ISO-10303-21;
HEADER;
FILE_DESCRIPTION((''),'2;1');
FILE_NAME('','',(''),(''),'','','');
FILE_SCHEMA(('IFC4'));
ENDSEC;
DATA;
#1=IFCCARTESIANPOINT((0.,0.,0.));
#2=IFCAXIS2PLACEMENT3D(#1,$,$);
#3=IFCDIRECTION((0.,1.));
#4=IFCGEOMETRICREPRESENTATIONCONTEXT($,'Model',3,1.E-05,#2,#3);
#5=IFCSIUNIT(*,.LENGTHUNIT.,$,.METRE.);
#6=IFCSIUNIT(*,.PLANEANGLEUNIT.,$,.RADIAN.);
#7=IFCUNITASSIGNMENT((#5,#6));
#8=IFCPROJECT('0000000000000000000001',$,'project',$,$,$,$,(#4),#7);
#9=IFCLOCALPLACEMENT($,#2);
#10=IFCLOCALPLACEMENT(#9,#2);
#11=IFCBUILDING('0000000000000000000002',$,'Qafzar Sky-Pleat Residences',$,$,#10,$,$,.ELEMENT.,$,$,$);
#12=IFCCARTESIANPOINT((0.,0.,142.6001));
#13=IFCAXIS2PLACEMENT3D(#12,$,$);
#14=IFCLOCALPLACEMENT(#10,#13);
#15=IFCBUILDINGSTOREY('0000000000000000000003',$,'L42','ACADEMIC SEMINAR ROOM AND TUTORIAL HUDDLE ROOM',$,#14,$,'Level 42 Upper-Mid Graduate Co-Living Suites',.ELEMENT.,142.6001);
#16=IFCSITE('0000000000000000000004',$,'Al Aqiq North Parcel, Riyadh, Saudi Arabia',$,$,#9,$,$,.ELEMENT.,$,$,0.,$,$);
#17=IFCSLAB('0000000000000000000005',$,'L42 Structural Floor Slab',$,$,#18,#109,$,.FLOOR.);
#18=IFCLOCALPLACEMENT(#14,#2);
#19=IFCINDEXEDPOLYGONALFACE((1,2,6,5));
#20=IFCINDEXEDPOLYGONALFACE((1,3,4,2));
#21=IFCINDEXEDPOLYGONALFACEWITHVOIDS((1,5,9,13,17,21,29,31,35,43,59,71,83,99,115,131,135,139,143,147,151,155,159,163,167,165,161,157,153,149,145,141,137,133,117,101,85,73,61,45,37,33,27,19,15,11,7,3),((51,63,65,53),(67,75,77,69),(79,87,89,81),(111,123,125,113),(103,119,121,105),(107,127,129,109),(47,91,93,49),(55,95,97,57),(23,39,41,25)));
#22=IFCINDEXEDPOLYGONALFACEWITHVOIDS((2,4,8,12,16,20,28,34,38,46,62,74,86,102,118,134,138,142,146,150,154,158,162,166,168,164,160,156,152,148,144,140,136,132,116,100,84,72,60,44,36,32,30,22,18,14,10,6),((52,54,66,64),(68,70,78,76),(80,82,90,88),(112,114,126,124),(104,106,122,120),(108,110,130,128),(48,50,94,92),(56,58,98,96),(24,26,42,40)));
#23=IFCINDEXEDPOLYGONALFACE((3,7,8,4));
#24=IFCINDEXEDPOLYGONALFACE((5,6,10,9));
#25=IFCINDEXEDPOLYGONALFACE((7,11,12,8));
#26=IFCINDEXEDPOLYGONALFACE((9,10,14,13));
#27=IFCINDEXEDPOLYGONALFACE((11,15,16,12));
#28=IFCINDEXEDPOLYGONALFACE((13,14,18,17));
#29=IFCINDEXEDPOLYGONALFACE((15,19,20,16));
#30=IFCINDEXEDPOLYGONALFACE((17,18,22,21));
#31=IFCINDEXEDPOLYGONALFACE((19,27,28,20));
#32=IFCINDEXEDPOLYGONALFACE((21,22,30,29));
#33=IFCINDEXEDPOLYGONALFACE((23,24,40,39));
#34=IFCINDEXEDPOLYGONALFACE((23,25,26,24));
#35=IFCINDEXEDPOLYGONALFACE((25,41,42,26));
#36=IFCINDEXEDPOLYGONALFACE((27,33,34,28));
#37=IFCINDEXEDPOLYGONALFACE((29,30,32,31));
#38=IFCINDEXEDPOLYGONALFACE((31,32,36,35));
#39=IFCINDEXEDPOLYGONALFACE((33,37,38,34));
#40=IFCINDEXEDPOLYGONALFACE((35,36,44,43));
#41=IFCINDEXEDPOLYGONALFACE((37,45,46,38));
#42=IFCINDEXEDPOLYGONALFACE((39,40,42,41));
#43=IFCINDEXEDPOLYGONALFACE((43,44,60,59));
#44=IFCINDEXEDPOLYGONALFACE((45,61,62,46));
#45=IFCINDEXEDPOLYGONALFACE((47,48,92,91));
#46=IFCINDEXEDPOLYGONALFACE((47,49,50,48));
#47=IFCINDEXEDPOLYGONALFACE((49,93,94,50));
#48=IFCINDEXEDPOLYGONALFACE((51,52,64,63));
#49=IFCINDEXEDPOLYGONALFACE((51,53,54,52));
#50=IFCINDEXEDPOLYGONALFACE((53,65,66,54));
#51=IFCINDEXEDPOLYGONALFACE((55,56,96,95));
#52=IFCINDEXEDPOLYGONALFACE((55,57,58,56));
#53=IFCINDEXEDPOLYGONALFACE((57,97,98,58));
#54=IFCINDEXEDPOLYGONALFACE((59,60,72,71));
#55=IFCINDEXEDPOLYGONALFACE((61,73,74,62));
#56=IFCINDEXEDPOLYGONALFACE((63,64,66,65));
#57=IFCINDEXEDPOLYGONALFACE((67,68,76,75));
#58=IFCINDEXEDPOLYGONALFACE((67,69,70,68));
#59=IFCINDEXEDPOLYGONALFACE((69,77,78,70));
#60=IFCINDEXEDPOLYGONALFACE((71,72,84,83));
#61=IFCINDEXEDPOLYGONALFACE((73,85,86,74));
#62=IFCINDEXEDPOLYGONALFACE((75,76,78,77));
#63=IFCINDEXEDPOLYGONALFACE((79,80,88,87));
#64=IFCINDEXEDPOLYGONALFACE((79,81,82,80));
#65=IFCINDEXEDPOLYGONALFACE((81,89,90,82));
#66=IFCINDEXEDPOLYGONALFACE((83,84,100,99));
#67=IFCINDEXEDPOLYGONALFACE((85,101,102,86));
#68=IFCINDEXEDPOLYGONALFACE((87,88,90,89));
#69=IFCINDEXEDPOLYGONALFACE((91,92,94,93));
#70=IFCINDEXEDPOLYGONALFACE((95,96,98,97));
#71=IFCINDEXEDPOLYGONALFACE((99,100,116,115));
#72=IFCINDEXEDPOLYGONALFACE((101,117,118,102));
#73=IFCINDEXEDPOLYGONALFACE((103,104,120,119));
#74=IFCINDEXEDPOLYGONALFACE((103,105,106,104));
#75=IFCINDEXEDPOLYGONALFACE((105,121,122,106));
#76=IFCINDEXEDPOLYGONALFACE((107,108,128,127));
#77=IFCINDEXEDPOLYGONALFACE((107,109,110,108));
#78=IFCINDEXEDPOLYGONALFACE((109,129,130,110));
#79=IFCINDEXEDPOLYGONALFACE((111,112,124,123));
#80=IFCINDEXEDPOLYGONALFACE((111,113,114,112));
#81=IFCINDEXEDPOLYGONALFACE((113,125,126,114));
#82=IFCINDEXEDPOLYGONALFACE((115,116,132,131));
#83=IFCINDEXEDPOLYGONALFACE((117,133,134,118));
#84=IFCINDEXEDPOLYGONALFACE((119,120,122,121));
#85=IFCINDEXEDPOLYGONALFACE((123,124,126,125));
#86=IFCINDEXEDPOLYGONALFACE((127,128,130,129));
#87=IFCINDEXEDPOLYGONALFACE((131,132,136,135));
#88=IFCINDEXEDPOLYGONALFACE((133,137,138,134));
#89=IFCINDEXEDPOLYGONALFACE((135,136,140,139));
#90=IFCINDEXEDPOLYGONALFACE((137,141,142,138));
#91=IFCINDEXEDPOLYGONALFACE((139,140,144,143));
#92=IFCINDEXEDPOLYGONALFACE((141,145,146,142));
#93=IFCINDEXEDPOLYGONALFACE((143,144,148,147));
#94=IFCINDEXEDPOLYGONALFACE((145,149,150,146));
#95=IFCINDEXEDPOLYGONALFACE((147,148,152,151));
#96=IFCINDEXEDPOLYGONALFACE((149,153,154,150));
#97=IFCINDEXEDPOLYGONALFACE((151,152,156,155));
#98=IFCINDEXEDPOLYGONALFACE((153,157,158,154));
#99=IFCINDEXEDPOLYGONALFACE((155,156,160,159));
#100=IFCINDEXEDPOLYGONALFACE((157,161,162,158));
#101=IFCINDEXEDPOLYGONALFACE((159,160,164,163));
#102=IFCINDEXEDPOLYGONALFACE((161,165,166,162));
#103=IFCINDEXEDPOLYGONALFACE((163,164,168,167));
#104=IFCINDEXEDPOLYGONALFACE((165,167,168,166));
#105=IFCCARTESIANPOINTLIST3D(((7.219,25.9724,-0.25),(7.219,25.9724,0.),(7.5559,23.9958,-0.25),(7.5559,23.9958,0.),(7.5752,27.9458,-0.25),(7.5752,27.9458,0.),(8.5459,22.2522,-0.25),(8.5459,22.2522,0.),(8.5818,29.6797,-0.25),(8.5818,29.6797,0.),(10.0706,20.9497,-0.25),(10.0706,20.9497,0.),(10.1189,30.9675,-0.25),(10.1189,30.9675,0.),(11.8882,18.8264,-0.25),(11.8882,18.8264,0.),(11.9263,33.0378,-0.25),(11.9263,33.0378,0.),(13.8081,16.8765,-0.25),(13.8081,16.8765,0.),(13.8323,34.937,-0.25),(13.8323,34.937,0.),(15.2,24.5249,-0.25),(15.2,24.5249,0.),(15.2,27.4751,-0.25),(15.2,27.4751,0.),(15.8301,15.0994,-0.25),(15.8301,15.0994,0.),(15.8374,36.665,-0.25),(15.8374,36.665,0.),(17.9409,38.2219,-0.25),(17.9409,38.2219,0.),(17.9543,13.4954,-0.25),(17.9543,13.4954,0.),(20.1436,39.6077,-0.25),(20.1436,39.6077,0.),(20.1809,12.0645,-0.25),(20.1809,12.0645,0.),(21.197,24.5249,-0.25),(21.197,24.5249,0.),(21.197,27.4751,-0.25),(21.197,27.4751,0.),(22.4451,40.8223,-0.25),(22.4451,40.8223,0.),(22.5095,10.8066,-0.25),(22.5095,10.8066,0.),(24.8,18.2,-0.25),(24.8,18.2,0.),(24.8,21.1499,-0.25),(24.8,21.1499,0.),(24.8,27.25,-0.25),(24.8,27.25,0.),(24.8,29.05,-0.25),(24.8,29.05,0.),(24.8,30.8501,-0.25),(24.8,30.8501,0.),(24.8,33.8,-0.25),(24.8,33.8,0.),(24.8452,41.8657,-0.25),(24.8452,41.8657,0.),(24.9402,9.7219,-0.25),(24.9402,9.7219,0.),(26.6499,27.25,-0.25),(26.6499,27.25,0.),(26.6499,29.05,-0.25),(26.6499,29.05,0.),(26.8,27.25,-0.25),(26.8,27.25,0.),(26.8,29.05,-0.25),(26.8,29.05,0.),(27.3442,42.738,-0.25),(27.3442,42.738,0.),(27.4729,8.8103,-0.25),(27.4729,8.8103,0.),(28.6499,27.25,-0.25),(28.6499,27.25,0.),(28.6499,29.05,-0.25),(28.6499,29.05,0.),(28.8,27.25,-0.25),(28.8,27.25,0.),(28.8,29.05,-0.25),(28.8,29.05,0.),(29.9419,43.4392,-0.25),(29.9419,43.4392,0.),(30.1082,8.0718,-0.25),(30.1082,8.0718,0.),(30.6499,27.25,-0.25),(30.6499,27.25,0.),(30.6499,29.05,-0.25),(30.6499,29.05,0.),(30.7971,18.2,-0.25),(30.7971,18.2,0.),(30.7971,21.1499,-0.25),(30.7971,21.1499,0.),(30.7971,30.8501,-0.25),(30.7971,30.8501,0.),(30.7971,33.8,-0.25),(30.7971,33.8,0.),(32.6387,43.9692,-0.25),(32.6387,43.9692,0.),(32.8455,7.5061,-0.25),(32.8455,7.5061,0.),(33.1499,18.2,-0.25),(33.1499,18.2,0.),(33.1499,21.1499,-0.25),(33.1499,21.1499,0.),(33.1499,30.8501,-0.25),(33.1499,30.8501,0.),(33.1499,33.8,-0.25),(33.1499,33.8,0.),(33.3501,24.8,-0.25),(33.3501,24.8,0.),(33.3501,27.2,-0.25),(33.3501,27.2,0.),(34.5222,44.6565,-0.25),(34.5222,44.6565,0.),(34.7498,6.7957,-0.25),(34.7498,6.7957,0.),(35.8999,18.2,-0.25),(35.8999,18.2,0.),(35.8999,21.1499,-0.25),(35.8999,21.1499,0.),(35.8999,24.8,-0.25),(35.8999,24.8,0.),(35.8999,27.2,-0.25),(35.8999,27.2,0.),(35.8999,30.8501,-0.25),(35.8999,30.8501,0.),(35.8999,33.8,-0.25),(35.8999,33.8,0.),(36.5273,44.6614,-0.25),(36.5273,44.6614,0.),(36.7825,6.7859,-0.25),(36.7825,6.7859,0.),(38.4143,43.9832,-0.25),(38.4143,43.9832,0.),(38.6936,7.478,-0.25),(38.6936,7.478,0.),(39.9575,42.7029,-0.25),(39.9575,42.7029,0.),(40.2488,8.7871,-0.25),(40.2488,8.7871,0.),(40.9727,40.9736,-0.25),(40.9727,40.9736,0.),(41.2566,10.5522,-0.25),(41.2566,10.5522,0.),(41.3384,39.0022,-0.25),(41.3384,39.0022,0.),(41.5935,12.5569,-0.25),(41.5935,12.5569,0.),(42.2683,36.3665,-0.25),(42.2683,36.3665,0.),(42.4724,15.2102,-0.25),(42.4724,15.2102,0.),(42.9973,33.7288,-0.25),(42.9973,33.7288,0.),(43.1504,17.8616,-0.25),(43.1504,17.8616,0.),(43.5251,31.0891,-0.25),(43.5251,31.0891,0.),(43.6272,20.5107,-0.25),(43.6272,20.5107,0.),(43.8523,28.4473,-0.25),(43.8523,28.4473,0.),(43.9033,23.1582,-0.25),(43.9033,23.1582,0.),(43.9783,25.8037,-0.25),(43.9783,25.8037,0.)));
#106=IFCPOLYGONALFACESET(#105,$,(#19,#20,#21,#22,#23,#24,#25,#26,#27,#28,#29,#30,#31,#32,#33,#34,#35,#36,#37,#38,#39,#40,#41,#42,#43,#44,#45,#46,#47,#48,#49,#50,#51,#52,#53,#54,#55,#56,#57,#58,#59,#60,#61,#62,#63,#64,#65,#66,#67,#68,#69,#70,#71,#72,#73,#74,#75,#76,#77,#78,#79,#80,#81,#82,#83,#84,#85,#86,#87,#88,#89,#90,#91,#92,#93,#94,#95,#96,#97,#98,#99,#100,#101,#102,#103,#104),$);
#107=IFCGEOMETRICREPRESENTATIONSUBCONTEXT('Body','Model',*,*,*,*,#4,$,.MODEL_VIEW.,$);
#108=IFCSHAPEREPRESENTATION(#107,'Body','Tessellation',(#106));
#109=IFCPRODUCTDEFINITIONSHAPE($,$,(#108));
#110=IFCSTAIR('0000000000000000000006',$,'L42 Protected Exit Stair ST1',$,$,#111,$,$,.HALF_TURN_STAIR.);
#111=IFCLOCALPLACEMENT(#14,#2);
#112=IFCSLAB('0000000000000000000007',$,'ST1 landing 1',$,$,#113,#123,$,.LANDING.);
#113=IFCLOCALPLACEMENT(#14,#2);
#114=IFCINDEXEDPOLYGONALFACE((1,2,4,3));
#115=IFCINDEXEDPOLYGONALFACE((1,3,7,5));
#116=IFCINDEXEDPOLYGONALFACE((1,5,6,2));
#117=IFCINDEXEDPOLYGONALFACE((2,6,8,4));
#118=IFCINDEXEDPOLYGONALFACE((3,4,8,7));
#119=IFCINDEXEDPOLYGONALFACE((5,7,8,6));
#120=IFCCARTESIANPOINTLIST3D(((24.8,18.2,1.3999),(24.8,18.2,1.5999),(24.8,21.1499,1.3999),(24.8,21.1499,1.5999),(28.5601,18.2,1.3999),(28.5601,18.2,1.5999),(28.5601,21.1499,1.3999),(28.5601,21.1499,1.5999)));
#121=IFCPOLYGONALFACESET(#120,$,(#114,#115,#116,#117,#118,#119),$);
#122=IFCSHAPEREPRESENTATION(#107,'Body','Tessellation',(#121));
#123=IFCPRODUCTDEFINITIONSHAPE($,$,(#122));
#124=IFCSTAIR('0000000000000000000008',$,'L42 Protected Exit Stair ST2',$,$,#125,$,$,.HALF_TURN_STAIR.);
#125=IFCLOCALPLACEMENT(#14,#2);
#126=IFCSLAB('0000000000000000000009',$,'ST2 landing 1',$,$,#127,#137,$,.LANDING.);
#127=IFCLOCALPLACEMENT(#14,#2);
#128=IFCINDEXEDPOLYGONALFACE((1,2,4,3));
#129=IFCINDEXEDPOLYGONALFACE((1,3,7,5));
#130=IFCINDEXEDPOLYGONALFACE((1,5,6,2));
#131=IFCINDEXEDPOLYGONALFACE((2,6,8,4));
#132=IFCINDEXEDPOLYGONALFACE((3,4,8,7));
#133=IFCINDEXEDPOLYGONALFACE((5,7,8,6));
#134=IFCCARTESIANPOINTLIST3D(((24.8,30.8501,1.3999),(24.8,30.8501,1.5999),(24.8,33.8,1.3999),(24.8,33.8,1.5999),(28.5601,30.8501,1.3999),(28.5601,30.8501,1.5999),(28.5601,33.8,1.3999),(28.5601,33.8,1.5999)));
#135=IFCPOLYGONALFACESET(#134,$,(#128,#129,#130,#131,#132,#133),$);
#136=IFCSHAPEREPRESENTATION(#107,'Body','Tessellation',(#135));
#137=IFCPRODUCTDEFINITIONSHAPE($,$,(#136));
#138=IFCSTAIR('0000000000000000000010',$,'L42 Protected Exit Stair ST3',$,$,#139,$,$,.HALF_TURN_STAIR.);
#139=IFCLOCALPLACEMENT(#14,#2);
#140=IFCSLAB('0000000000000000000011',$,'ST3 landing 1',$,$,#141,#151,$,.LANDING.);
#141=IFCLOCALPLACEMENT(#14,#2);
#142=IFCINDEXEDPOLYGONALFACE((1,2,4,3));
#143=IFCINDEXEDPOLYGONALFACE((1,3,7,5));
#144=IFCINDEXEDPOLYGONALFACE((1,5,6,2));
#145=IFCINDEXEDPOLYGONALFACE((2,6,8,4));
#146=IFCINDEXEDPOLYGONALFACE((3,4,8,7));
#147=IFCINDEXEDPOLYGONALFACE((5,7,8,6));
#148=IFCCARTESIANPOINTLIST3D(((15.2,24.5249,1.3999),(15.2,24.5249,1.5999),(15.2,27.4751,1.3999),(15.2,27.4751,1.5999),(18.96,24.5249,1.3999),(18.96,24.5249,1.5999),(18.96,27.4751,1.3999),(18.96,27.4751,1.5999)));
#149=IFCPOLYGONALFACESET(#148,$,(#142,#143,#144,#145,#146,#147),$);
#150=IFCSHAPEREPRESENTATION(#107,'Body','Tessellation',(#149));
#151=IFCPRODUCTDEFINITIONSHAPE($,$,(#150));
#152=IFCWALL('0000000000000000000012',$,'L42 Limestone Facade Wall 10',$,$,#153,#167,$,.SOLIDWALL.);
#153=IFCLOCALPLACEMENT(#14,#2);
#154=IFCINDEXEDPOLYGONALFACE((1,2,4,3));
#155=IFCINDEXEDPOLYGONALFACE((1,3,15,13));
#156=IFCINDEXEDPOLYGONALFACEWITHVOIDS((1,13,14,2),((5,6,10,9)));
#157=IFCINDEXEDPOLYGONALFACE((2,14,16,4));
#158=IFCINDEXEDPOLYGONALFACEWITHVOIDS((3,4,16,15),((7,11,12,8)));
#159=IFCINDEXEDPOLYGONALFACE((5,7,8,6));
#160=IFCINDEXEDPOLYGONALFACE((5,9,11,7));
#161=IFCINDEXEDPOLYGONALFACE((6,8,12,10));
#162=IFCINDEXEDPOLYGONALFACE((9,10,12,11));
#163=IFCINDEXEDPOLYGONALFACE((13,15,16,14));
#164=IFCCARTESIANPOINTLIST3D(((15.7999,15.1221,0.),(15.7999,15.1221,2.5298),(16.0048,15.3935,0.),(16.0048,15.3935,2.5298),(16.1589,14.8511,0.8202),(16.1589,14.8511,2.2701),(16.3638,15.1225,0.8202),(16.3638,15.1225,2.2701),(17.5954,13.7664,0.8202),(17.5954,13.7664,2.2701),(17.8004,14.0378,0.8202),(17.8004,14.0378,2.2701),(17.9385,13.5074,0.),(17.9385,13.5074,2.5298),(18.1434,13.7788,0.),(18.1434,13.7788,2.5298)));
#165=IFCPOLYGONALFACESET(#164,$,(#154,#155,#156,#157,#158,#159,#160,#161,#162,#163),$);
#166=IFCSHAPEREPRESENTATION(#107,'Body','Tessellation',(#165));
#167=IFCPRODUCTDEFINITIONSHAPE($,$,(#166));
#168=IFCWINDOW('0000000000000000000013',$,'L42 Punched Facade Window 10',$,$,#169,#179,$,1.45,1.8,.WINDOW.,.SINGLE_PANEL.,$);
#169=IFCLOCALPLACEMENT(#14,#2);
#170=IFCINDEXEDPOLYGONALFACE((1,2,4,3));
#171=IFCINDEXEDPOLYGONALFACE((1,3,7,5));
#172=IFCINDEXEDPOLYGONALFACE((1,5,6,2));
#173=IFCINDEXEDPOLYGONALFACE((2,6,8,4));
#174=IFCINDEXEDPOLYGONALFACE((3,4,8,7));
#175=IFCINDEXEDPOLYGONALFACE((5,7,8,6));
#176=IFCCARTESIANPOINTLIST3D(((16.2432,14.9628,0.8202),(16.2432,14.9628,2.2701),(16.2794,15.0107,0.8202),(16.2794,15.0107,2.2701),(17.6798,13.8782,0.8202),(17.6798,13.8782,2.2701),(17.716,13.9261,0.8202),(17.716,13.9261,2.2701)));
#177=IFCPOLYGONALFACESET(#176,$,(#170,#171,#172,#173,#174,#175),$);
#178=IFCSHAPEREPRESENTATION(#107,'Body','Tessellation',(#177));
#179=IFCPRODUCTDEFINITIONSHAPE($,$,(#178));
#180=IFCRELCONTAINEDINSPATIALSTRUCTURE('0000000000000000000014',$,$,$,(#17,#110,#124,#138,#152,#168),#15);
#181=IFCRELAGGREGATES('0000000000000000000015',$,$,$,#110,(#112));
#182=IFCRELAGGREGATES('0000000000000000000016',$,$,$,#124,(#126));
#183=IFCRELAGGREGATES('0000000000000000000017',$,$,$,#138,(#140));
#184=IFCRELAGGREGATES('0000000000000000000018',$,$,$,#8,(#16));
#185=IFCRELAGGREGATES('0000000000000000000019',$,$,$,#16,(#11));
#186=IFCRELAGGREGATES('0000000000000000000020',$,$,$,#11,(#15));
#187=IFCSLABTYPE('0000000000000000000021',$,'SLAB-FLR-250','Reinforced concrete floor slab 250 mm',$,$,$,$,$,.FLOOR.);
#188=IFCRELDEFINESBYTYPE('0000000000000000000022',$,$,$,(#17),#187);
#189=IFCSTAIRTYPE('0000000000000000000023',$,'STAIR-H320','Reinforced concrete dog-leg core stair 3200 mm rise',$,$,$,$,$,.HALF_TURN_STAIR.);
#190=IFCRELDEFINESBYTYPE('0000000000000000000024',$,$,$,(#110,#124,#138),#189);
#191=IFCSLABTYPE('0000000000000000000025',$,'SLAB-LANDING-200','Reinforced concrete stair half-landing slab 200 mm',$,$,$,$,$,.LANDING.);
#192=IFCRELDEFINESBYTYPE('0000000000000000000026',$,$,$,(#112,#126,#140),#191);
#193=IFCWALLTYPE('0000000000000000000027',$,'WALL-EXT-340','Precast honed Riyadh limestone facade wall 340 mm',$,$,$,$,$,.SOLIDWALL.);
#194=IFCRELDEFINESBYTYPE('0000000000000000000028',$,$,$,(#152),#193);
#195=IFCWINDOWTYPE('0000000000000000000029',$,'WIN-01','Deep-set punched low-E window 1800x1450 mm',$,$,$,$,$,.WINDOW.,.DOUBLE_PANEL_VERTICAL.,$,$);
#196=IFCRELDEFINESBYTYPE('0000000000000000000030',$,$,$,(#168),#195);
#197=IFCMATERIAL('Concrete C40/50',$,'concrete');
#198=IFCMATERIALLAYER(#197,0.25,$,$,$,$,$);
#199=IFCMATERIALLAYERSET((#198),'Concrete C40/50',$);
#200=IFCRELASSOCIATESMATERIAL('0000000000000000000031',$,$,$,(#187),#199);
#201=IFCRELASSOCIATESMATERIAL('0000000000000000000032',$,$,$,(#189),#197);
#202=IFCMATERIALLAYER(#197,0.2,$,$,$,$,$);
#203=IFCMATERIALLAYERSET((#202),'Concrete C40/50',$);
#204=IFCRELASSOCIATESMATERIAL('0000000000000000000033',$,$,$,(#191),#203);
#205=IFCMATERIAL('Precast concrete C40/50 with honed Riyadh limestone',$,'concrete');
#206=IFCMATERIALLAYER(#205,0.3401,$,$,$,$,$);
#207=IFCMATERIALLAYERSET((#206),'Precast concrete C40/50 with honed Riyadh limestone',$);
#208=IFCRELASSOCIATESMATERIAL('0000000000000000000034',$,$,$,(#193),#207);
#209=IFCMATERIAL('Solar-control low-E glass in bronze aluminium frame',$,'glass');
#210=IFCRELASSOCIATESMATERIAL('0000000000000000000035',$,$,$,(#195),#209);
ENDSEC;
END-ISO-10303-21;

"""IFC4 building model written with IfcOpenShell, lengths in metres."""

from ifc_helpers import new_model, si_unit, direction, frame, frame_2d, origin, place, context, subcontext, project, spatial, polyline, rectangle, outline, extrude, source, transform, mapped, material, layer, layer_set, type_object, element, fill, aggregate, save


model = new_model("IFC4")

# Units and contexts
model_context = context("Model", 3, precision=1e-05, world=origin(), true_north=direction((0.0, 1.0)))
body_context = subcontext(model_context, "Body", "Model", "MODEL_VIEW")
ifc_project = project(units=[si_unit("LENGTHUNIT", "METRE"), si_unit("PLANEANGLEUNIT", "RADIAN")], contexts=[model_context])

# Site, building, storey
site_placement = place(None, origin())
site = spatial("IfcSite", under=ifc_project, at=site_placement, Name="Al Aqiq North Parcel, Riyadh, Saudi Arabia", CompositionType="ELEMENT", RefElevation=0.0)
building_placement = place(site_placement, origin())
building = spatial("IfcBuilding", under=site, at=building_placement, Name="Qafzar Sky-Pleat Residences", CompositionType="ELEMENT")
storey_placement = place(building_placement, frame((0.0, 0.0, 142.6001)))
storey = spatial("IfcBuildingStorey", under=building, at=storey_placement, Name="L42", Description="ACADEMIC SEMINAR ROOM AND TUTORIAL HUDDLE ROOM", LongName="Level 42 Upper-Mid Graduate Co-Living Suites", CompositionType="ELEMENT", Elevation=142.6001)

# Slab
ifc_material_1 = material(Name="Concrete C40/50", Category="concrete")
ifc_layer_1 = layer(ifc_material_1, 0.25)
ifc_layer_set_1 = layer_set([ifc_layer_1], Name="Concrete C40/50")
slab_type_1 = type_object("IfcSlabType", Name="SLAB-FLR-250", Description="Reinforced concrete floor slab 250 mm", PredefinedType="FLOOR", material=ifc_layer_set_1)
slab_1_placement = place(storey_placement, frame((0.0, 0.0, -0.25)))
element("IfcSlab", 1, at=slab_1_placement, inside=storey, type_object=slab_type_1, Name="L42 Structural Floor Slab", PredefinedType="FLOOR", context=body_context, shape_type="SweptSolid", body=[
    extrude(outline(polyline([(10.1189, 30.9675), (8.5818, 29.6797), (7.5752, 27.9458), (7.219, 25.9724), (7.5559, 23.9958), (8.5459, 22.2522), (10.0706, 20.9497), (11.8882, 18.8264), (13.8081, 16.8765), (15.8301, 15.0994), (17.9543, 13.4954), (20.1809, 12.0645), (22.5095, 10.8066), (24.9402, 9.7219), (27.4729, 8.8103), (30.1082, 8.0718), (32.8455, 7.5061), (34.7498, 6.7957), (36.7825, 6.7859), (38.6936, 7.478), (40.2488, 8.7871), (41.2566, 10.5522), (41.5935, 12.5569), (42.4724, 15.2102), (43.1504, 17.8616), (43.6272, 20.5107), (43.9033, 23.1582), (43.9783, 25.8037), (43.8523, 28.4473), (43.5251, 31.0891), (42.9973, 33.7288), (42.2683, 36.3665), (41.3384, 39.0022), (40.9727, 40.9736), (39.9575, 42.7029), (38.4143, 43.9832), (36.5273, 44.6614), (34.5222, 44.6565), (32.6387, 43.9692), (29.9419, 43.4392), (27.3442, 42.738), (24.8452, 41.8657), (22.4451, 40.8223), (20.1436, 39.6077), (17.9409, 38.2219), (15.8374, 36.665), (13.8323, 34.937), (11.9263, 33.0378), (10.1189, 30.9675)]), holes=[polyline([(30.7971, 21.1499), (24.8, 21.1499), (24.8, 18.2), (30.7971, 18.2), (30.7971, 21.1499)]), polyline([(30.7971, 33.8), (24.8, 33.8), (24.8, 30.8501), (30.7971, 30.8501), (30.7971, 33.8)]), polyline([(21.197, 27.4751), (15.2, 27.4751), (15.2, 24.5249), (21.197, 24.5249), (21.197, 27.4751)]), polyline([(24.8, 27.25), (26.6499, 27.25), (26.6499, 29.05), (24.8, 29.05), (24.8, 27.25)]), polyline([(26.8, 27.25), (28.6499, 27.25), (28.6499, 29.05), (26.8, 29.05), (26.8, 27.25)]), polyline([(28.8, 27.25), (30.6499, 27.25), (30.6499, 29.05), (28.8, 29.05), (28.8, 27.25)]), polyline([(33.1499, 18.2), (35.8999, 18.2), (35.8999, 21.1499), (33.1499, 21.1499), (33.1499, 18.2)]), polyline([(33.1499, 30.8501), (35.8999, 30.8501), (35.8999, 33.8), (33.1499, 33.8), (33.1499, 30.8501)]), polyline([(33.3501, 24.8), (35.8999, 24.8), (35.8999, 27.2), (33.3501, 27.2), (33.3501, 24.8)])]), origin(), (0.0, 0.0, 1.0), 0.25),
])

# Stairs, slabs
stair_type = type_object("IfcStairType", Name="STAIR-H320", Description="Reinforced concrete dog-leg core stair 3200 mm rise", PredefinedType="HALF_TURN_STAIR", material=ifc_material_1)
stair_1_placement = place(storey_placement, origin())
stair_1 = element("IfcStair", 2, at=stair_1_placement, inside=storey, type_object=stair_type, Name="L42 Protected Exit Stair ST1", PredefinedType="HALF_TURN_STAIR")
ifc_layer_2 = layer(ifc_material_1, 0.2)
ifc_layer_set_2 = layer_set([ifc_layer_2], Name="Concrete C40/50")
slab_type_2 = type_object("IfcSlabType", Name="SLAB-LANDING-200", Description="Reinforced concrete stair half-landing slab 200 mm", PredefinedType="LANDING", material=ifc_layer_set_2)
slab_2_placement = place(storey_placement, frame((0.0, 0.0, 1.3999)))
slab_2 = element("IfcSlab", 3, at=slab_2_placement, type_object=slab_type_2, Name="ST1 landing 1", PredefinedType="LANDING", context=body_context, shape_type="SweptSolid", body=[
    extrude(outline(polyline([(28.5601, 21.1499), (24.8, 21.1499), (24.8, 18.2), (28.5601, 18.2), (28.5601, 21.1499)])), origin(), (0.0, 0.0, 1.0), 0.2),
])
aggregate(stair_1, [slab_2])
stair_2_placement = place(storey_placement, origin())
stair_2 = element("IfcStair", 4, at=stair_2_placement, inside=storey, type_object=stair_type, Name="L42 Protected Exit Stair ST2", PredefinedType="HALF_TURN_STAIR")
slab_3_placement = place(storey_placement, frame((0.0, 0.0, 1.3999)))
slab_3 = element("IfcSlab", 5, at=slab_3_placement, type_object=slab_type_2, Name="ST2 landing 1", PredefinedType="LANDING", context=body_context, shape_type="SweptSolid", body=[
    extrude(outline(polyline([(28.5601, 33.8), (24.8, 33.8), (24.8, 30.8501), (28.5601, 30.8501), (28.5601, 33.8)])), origin(), (0.0, 0.0, 1.0), 0.2),
])
aggregate(stair_2, [slab_3])
stair_3_placement = place(storey_placement, origin())
stair_3 = element("IfcStair", 6, at=stair_3_placement, inside=storey, type_object=stair_type, Name="L42 Protected Exit Stair ST3", PredefinedType="HALF_TURN_STAIR")
slab_4_placement = place(storey_placement, frame((0.0, 0.0, 1.3999)))
slab_4 = element("IfcSlab", 7, at=slab_4_placement, type_object=slab_type_2, Name="ST3 landing 1", PredefinedType="LANDING", context=body_context, shape_type="SweptSolid", body=[
    extrude(outline(polyline([(18.96, 27.4751), (15.2, 27.4751), (15.2, 24.5249), (18.96, 24.5249), (18.96, 27.4751)])), origin(), (0.0, 0.0, 1.0), 0.2),
])
aggregate(stair_3, [slab_4])

# Wall, opening, window
ifc_material_2 = material(Name="Precast concrete C40/50 with honed Riyadh limestone", Category="concrete")
ifc_layer_3 = layer(ifc_material_2, 0.3401)
ifc_layer_set_3 = layer_set([ifc_layer_3], Name="Precast concrete C40/50 with honed Riyadh limestone")
wall_type = type_object("IfcWallType", Name="WALL-EXT-340", Description="Precast honed Riyadh limestone facade wall 340 mm", PredefinedType="SOLIDWALL", material=ifc_layer_set_3)
wall_placement = place(storey_placement, frame((15.9023, 15.2578, 0.0), z_axis=(0.0, 0.0, 1.0), x_axis=(0.798072, -0.602562, 0.0)))
wall = element("IfcWall", 8, at=wall_placement, inside=storey, type_object=wall_type, Name="L42 Limestone Facade Wall 10", PredefinedType="SOLIDWALL", context=body_context, shape_type="SweptSolid", body=[
    extrude(rectangle(XDim=2.6797, YDim=0.3401, at=frame_2d((1.3398, 0.0))), origin(), (0.0, 0.0, 1.0), 2.5298),
])
opening_placement = place(wall_placement, frame((0.45, 0.0, 0.8201)))
opening = element("IfcOpeningElement", 9, at=opening_placement, cuts=wall, PredefinedType="OPENING", context=body_context, shape_type="SweptSolid", body=[
    extrude(rectangle(XDim=1.8, YDim=1.45, at=frame_2d((0.8999, 0.7251))), frame((0.0, 0.1802, 0.0), z_axis=(0.0, -1.0, 0.0), x_axis=(1.0, 0.0, 0.0)), (0.0, 0.0, 1.0), 0.3601),
])
ifc_material_3 = material(Name="Solar-control low-E glass in bronze aluminium frame", Category="glass")
window_type = type_object("IfcWindowType", Name="WIN-01", Description="Deep-set punched low-E window 1800x1450 mm", PartitioningType="DOUBLE_PANEL_VERTICAL", PredefinedType="WINDOW", material=ifc_material_3)
shared_shape_1 = source(origin(), body_context, "Body", "SweptSolid", [
    extrude(rectangle(XDim=1.8, YDim=1.45, at=frame_2d((0.8999, 0.7251))), frame((0.0, 0.03, 0.0), z_axis=(0.0, -1.0, 0.0), x_axis=(1.0, 0.0, 0.0)), (0.0, 0.0, 1.0), 0.0601),
])
window_placement = place(opening_placement, origin())
window = element("IfcWindow", 10, at=window_placement, inside=storey, type_object=window_type, Name="L42 Punched Facade Window 10", OverallHeight=1.45, OverallWidth=1.8, PartitioningType="SINGLE_PANEL", PredefinedType="WINDOW", context=body_context, shape_type="MappedRepresentation", body=[
    mapped(shared_shape_1, transform((0.0, 0.0, 0.0), x_axis=(1.0, 0.0, 0.0), y_axis=(0.0, 1.0, 0.0), z_axis=(0.0, 0.0, 1.0), scale=1.0)),
])
fill(opening, window)

save(model, "model.ifc")
